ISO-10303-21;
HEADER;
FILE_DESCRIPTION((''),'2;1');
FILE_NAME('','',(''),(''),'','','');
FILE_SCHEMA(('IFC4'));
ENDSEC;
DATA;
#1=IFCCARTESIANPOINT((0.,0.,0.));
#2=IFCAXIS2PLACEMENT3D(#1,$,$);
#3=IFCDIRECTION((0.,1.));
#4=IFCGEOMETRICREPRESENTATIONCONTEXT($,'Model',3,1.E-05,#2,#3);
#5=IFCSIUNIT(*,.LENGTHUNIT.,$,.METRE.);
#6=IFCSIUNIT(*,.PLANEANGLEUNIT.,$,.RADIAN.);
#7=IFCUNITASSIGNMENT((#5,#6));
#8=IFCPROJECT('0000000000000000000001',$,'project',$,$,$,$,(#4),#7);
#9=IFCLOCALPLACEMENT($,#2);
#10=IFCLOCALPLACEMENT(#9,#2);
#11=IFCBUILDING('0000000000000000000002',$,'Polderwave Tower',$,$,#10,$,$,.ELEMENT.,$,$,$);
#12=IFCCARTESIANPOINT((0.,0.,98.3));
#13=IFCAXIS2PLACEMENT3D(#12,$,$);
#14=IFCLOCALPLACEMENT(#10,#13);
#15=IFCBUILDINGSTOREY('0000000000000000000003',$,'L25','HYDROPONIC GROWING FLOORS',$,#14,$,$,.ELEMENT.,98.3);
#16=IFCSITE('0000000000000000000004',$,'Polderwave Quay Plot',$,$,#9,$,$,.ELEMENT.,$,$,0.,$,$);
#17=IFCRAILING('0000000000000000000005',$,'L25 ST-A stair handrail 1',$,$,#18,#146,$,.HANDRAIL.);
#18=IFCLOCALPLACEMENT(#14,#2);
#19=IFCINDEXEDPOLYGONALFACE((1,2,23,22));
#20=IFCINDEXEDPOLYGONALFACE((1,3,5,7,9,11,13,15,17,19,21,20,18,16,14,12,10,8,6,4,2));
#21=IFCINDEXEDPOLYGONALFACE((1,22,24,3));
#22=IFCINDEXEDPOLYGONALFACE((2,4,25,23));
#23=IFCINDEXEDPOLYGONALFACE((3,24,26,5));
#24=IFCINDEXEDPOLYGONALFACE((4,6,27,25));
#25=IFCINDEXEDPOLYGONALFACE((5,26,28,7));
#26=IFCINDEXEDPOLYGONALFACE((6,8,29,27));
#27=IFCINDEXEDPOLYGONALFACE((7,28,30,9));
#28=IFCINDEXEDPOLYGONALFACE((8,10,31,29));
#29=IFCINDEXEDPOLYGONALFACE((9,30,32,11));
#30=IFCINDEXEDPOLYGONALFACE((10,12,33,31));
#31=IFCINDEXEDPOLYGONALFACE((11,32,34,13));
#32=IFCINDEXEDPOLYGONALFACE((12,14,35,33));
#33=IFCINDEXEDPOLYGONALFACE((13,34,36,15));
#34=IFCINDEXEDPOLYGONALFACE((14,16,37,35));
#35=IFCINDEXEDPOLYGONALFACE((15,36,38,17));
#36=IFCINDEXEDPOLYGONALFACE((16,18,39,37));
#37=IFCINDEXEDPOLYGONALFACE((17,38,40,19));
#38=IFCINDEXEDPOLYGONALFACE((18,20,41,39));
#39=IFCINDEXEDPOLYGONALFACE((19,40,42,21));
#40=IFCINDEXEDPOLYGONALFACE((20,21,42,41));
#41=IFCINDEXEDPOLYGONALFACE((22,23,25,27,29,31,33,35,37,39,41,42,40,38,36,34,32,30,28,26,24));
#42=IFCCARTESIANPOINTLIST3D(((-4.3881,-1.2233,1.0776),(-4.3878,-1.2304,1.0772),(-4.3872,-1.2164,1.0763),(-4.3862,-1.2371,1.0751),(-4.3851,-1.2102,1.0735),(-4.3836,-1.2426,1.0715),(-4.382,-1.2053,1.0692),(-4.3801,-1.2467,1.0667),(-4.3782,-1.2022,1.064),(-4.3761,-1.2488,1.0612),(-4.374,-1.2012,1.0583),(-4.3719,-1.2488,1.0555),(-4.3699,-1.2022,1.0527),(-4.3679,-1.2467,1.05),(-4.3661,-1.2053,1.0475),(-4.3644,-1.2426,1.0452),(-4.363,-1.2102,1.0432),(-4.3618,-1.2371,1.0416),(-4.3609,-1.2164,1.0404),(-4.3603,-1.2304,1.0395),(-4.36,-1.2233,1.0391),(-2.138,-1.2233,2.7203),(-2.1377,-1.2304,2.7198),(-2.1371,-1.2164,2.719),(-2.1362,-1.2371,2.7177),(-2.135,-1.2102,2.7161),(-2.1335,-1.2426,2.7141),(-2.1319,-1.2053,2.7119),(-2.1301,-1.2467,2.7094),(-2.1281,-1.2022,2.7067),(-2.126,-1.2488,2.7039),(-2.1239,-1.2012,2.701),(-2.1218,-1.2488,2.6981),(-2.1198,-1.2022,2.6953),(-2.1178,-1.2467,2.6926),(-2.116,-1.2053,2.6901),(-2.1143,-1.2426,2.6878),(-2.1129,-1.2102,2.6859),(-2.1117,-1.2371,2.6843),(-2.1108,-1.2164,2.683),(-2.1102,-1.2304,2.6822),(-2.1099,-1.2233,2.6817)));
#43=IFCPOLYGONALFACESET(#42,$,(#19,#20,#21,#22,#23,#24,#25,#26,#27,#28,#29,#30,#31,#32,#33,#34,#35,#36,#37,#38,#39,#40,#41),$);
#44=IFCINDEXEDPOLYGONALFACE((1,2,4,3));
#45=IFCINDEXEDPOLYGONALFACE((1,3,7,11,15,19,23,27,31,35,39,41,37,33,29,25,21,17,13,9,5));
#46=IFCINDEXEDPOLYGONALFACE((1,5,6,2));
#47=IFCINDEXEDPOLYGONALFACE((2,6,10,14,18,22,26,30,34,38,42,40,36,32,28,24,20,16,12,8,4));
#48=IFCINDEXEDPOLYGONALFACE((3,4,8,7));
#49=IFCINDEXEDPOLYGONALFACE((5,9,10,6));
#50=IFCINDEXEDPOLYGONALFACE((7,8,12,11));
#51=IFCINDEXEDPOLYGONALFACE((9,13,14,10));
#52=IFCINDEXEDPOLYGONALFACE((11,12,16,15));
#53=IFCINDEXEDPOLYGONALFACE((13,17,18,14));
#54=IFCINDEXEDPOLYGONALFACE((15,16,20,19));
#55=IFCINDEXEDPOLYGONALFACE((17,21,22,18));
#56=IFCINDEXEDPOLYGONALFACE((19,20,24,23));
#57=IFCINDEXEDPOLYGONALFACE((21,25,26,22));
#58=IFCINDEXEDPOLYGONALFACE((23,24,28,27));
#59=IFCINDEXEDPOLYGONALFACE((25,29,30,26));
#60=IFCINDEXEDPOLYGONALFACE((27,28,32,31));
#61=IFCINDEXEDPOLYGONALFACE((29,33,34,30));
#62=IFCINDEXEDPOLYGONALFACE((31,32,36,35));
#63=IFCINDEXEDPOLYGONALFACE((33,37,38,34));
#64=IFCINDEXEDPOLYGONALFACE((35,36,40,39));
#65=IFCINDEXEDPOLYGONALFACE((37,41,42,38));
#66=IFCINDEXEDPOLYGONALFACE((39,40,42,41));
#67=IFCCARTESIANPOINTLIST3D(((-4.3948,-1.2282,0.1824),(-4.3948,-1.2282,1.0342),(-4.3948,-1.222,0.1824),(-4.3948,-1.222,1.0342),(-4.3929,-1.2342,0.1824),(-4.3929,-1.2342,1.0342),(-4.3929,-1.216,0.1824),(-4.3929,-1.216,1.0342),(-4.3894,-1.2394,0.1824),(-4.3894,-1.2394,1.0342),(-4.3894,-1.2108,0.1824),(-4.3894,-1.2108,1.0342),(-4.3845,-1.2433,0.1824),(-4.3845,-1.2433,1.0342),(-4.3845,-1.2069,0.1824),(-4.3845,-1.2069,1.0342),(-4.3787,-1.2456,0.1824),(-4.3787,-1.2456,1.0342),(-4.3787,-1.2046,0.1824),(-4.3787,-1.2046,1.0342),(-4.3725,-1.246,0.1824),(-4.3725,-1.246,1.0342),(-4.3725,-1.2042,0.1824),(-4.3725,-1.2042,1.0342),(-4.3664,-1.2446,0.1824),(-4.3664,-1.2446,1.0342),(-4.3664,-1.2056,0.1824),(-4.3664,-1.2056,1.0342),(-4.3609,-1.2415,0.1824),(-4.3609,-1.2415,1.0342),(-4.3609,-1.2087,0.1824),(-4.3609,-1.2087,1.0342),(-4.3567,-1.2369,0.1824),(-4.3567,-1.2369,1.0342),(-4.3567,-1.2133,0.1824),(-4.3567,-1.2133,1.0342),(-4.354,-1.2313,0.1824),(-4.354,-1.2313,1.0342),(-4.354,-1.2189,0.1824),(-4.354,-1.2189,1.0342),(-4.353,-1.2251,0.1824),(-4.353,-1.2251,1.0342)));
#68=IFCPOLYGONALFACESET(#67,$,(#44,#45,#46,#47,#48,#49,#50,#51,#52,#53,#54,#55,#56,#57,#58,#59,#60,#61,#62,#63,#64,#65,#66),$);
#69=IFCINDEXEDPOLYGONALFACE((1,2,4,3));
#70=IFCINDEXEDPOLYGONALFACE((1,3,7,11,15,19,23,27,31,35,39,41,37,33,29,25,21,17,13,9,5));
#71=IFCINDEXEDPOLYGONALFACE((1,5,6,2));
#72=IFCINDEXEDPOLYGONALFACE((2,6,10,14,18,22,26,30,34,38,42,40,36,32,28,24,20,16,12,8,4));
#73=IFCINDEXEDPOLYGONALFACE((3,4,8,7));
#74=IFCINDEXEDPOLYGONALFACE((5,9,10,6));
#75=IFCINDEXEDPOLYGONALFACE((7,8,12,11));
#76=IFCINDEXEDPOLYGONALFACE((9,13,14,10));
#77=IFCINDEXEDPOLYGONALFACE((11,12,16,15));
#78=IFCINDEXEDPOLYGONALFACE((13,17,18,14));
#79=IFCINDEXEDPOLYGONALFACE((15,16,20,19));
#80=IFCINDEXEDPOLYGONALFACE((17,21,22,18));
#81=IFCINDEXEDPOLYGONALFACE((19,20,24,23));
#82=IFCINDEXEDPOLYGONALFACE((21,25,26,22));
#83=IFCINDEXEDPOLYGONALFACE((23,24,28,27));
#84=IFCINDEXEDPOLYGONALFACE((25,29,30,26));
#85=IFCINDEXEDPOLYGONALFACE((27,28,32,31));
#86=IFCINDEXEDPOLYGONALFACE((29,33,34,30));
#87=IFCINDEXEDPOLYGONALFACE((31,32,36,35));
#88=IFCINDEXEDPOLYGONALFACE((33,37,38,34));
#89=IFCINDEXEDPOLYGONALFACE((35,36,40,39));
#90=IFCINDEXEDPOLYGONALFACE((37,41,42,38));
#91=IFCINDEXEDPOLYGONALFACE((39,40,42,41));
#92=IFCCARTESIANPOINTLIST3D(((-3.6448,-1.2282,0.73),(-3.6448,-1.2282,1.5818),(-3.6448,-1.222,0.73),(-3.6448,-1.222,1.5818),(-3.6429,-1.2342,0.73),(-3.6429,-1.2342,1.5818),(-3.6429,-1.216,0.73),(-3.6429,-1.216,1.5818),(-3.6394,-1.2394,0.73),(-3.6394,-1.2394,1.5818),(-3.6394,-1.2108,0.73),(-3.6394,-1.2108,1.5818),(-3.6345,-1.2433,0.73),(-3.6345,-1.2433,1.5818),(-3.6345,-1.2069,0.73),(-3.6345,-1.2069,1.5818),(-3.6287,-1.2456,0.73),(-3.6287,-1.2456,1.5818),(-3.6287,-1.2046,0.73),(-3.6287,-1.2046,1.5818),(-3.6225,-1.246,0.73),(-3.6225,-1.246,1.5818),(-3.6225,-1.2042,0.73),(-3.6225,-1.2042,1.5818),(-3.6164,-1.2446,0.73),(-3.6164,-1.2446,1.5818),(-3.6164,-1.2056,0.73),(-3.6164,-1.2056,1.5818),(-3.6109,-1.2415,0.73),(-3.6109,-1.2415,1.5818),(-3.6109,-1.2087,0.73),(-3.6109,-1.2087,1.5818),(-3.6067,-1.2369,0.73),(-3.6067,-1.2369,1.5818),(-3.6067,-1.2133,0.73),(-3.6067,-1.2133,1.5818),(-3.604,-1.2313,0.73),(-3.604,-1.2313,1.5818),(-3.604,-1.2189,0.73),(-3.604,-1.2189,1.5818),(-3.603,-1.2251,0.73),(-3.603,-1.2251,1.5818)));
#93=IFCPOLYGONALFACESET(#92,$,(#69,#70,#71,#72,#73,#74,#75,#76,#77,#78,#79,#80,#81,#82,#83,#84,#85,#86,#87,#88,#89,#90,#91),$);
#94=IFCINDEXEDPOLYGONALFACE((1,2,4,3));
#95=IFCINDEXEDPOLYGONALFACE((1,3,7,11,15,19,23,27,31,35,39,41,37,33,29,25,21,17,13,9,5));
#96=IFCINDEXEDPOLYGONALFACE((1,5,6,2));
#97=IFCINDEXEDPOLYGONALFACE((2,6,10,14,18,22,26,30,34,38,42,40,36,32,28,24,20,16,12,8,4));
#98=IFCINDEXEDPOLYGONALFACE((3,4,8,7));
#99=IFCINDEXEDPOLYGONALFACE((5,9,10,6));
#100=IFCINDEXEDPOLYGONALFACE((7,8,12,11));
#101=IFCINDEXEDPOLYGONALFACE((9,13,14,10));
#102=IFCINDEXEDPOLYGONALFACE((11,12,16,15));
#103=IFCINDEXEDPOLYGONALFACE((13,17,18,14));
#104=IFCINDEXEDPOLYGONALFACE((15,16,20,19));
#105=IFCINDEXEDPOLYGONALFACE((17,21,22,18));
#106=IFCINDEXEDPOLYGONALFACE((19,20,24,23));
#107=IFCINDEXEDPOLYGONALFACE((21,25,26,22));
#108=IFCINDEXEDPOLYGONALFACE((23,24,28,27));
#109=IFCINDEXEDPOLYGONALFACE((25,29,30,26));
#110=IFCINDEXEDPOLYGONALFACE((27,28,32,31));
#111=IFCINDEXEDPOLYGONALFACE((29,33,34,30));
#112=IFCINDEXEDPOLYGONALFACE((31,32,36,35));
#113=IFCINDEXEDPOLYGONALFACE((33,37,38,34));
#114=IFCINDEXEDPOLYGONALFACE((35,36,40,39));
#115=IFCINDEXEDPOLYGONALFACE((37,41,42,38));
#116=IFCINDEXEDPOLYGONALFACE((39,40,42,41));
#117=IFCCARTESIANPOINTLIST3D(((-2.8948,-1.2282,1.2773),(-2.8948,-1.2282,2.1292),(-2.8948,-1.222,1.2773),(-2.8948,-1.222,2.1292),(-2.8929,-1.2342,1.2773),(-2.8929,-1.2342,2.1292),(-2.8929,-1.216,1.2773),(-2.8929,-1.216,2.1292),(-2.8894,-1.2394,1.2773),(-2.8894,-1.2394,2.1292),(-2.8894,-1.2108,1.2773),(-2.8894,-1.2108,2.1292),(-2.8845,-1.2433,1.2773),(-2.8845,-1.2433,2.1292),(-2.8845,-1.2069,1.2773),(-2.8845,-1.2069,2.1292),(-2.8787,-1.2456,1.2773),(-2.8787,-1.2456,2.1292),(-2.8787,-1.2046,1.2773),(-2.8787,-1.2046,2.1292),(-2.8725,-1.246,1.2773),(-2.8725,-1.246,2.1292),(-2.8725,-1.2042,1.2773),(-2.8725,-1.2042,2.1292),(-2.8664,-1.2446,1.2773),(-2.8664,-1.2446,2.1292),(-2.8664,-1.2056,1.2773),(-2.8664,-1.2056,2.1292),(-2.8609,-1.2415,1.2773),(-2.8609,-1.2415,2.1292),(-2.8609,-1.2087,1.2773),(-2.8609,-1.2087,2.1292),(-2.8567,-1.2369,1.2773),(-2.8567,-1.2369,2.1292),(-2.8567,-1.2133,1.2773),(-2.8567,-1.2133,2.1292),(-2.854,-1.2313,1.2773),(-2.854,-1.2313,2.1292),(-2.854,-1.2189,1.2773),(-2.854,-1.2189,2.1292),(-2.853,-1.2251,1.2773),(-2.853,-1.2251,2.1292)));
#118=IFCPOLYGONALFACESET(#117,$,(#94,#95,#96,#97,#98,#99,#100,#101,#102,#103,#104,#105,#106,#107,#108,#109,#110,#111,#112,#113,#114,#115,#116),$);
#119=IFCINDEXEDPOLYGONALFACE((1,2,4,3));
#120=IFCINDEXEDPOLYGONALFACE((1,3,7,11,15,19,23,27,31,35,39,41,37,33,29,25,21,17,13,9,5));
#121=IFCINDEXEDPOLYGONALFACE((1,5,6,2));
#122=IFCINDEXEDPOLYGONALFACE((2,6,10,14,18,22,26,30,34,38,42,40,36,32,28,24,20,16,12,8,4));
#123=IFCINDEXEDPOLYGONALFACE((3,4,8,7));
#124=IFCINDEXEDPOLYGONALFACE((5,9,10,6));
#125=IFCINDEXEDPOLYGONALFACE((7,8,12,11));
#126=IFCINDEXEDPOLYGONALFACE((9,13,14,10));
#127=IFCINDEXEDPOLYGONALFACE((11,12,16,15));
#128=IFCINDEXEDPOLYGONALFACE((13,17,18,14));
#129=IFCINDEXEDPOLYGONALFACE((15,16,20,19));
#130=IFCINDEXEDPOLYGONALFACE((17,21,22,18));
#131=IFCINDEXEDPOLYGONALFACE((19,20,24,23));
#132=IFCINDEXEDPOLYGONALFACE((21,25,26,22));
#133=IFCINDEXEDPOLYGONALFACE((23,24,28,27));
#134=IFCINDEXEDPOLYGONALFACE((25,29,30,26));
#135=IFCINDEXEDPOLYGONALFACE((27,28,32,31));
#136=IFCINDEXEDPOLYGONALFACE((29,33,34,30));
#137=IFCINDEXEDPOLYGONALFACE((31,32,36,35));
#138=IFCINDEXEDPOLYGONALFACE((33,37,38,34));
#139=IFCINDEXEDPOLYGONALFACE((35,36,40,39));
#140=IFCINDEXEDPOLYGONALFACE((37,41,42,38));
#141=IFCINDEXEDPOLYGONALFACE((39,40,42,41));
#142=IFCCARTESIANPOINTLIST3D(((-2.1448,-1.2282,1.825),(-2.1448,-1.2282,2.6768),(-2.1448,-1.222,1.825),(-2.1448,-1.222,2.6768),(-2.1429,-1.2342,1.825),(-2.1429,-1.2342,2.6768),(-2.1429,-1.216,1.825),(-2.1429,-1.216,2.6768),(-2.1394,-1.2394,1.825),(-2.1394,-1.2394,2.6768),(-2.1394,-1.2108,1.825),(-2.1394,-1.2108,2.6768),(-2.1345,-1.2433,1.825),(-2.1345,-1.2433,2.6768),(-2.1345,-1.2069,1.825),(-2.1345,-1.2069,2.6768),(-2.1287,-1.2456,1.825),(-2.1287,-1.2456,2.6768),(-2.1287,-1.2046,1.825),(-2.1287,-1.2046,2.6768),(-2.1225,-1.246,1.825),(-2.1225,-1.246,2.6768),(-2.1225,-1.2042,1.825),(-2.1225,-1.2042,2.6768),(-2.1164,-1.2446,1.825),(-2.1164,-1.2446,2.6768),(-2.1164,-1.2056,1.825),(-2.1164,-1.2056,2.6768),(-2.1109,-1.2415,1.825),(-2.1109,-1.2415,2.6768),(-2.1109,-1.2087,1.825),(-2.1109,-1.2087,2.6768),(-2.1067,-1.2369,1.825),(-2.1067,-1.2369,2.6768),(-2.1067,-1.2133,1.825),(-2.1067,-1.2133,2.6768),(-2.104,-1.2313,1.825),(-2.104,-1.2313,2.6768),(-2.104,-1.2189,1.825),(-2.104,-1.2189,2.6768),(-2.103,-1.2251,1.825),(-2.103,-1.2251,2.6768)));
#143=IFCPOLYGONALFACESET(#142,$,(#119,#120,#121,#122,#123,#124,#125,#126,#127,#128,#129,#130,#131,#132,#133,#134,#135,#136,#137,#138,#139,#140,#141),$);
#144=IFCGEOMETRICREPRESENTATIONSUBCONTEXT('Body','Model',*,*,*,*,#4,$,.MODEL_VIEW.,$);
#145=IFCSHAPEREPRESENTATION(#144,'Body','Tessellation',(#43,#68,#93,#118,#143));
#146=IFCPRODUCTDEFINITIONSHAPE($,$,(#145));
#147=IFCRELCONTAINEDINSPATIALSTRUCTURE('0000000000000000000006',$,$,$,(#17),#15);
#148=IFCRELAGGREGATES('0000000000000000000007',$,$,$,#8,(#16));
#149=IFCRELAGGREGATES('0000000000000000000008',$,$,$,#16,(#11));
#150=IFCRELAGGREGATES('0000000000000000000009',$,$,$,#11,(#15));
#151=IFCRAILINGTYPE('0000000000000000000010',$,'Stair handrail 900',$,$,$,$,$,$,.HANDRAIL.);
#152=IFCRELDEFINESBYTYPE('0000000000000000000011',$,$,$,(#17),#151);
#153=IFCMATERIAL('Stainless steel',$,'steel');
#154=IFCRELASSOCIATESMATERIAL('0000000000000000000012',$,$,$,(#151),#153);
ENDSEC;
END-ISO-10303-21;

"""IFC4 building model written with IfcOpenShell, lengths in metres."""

from ifc_helpers import new_model, si_unit, direction, frame, origin, origin_2d, place, context, subcontext, project, spatial, circle, extrude, material, type_object, element, save


model = new_model("IFC4")

# Units and contexts
model_context = context("Model", 3, precision=1e-05, world=origin(), true_north=direction((0.0, 1.0)))
body_context = subcontext(model_context, "Body", "Model", "MODEL_VIEW")
ifc_project = project(units=[si_unit("LENGTHUNIT", "METRE"), si_unit("PLANEANGLEUNIT", "RADIAN")], contexts=[model_context])

# Site, building, storey
site_placement = place(None, origin())
site = spatial("IfcSite", under=ifc_project, at=site_placement, Name="Polderwave Quay Plot", CompositionType="ELEMENT", RefElevation=0.0)
building_placement = place(site_placement, origin())
building = spatial("IfcBuilding", under=site, at=building_placement, Name="Polderwave Tower", CompositionType="ELEMENT")
storey_placement = place(building_placement, frame((0.0, 0.0, 98.3)))
storey = spatial("IfcBuildingStorey", under=building, at=storey_placement, Name="L25", Description="HYDROPONIC GROWING FLOORS", CompositionType="ELEMENT", Elevation=98.3)

# Railing
ifc_material_1 = material(Name="Stainless steel", Category="steel")
railing_type_1 = type_object("IfcRailingType", Name="Stair handrail 900", PredefinedType="HANDRAIL", material=ifc_material_1)
railing_1_placement = place(storey_placement, frame((-4.374, -1.2251, 0.1824)))
element("IfcRailing", 1, at=railing_1_placement, inside=storey, type_object=railing_type_1, Name="L25 ST-A stair handrail 1", PredefinedType="HANDRAIL", context=body_context, shape_type="SweptSolid", body=[
    extrude(circle(Radius=0.0239, at=origin_2d()), frame((0.0, 0.0, 0.876), z_axis=(0.807674, 0.0, 0.58963), x_axis=(0.0, 1.0, 0.0)), (0.0, 0.0, 1.0), 2.7859),
    extrude(circle(Radius=0.021, at=origin_2d()), origin(), (0.0, 0.0, 1.0), 0.8518),
    extrude(circle(Radius=0.021, at=origin_2d()), frame((0.75, 0.0, 0.5476)), (0.0, 0.0, 1.0), 0.8518),
    extrude(circle(Radius=0.021, at=origin_2d()), frame((1.5, 0.0, 1.095)), (0.0, 0.0, 1.0), 0.8518),
    extrude(circle(Radius=0.021, at=origin_2d()), frame((2.25, 0.0, 1.6426)), (0.0, 0.0, 1.0), 0.8518),
])

save(model, "model.ifc")
